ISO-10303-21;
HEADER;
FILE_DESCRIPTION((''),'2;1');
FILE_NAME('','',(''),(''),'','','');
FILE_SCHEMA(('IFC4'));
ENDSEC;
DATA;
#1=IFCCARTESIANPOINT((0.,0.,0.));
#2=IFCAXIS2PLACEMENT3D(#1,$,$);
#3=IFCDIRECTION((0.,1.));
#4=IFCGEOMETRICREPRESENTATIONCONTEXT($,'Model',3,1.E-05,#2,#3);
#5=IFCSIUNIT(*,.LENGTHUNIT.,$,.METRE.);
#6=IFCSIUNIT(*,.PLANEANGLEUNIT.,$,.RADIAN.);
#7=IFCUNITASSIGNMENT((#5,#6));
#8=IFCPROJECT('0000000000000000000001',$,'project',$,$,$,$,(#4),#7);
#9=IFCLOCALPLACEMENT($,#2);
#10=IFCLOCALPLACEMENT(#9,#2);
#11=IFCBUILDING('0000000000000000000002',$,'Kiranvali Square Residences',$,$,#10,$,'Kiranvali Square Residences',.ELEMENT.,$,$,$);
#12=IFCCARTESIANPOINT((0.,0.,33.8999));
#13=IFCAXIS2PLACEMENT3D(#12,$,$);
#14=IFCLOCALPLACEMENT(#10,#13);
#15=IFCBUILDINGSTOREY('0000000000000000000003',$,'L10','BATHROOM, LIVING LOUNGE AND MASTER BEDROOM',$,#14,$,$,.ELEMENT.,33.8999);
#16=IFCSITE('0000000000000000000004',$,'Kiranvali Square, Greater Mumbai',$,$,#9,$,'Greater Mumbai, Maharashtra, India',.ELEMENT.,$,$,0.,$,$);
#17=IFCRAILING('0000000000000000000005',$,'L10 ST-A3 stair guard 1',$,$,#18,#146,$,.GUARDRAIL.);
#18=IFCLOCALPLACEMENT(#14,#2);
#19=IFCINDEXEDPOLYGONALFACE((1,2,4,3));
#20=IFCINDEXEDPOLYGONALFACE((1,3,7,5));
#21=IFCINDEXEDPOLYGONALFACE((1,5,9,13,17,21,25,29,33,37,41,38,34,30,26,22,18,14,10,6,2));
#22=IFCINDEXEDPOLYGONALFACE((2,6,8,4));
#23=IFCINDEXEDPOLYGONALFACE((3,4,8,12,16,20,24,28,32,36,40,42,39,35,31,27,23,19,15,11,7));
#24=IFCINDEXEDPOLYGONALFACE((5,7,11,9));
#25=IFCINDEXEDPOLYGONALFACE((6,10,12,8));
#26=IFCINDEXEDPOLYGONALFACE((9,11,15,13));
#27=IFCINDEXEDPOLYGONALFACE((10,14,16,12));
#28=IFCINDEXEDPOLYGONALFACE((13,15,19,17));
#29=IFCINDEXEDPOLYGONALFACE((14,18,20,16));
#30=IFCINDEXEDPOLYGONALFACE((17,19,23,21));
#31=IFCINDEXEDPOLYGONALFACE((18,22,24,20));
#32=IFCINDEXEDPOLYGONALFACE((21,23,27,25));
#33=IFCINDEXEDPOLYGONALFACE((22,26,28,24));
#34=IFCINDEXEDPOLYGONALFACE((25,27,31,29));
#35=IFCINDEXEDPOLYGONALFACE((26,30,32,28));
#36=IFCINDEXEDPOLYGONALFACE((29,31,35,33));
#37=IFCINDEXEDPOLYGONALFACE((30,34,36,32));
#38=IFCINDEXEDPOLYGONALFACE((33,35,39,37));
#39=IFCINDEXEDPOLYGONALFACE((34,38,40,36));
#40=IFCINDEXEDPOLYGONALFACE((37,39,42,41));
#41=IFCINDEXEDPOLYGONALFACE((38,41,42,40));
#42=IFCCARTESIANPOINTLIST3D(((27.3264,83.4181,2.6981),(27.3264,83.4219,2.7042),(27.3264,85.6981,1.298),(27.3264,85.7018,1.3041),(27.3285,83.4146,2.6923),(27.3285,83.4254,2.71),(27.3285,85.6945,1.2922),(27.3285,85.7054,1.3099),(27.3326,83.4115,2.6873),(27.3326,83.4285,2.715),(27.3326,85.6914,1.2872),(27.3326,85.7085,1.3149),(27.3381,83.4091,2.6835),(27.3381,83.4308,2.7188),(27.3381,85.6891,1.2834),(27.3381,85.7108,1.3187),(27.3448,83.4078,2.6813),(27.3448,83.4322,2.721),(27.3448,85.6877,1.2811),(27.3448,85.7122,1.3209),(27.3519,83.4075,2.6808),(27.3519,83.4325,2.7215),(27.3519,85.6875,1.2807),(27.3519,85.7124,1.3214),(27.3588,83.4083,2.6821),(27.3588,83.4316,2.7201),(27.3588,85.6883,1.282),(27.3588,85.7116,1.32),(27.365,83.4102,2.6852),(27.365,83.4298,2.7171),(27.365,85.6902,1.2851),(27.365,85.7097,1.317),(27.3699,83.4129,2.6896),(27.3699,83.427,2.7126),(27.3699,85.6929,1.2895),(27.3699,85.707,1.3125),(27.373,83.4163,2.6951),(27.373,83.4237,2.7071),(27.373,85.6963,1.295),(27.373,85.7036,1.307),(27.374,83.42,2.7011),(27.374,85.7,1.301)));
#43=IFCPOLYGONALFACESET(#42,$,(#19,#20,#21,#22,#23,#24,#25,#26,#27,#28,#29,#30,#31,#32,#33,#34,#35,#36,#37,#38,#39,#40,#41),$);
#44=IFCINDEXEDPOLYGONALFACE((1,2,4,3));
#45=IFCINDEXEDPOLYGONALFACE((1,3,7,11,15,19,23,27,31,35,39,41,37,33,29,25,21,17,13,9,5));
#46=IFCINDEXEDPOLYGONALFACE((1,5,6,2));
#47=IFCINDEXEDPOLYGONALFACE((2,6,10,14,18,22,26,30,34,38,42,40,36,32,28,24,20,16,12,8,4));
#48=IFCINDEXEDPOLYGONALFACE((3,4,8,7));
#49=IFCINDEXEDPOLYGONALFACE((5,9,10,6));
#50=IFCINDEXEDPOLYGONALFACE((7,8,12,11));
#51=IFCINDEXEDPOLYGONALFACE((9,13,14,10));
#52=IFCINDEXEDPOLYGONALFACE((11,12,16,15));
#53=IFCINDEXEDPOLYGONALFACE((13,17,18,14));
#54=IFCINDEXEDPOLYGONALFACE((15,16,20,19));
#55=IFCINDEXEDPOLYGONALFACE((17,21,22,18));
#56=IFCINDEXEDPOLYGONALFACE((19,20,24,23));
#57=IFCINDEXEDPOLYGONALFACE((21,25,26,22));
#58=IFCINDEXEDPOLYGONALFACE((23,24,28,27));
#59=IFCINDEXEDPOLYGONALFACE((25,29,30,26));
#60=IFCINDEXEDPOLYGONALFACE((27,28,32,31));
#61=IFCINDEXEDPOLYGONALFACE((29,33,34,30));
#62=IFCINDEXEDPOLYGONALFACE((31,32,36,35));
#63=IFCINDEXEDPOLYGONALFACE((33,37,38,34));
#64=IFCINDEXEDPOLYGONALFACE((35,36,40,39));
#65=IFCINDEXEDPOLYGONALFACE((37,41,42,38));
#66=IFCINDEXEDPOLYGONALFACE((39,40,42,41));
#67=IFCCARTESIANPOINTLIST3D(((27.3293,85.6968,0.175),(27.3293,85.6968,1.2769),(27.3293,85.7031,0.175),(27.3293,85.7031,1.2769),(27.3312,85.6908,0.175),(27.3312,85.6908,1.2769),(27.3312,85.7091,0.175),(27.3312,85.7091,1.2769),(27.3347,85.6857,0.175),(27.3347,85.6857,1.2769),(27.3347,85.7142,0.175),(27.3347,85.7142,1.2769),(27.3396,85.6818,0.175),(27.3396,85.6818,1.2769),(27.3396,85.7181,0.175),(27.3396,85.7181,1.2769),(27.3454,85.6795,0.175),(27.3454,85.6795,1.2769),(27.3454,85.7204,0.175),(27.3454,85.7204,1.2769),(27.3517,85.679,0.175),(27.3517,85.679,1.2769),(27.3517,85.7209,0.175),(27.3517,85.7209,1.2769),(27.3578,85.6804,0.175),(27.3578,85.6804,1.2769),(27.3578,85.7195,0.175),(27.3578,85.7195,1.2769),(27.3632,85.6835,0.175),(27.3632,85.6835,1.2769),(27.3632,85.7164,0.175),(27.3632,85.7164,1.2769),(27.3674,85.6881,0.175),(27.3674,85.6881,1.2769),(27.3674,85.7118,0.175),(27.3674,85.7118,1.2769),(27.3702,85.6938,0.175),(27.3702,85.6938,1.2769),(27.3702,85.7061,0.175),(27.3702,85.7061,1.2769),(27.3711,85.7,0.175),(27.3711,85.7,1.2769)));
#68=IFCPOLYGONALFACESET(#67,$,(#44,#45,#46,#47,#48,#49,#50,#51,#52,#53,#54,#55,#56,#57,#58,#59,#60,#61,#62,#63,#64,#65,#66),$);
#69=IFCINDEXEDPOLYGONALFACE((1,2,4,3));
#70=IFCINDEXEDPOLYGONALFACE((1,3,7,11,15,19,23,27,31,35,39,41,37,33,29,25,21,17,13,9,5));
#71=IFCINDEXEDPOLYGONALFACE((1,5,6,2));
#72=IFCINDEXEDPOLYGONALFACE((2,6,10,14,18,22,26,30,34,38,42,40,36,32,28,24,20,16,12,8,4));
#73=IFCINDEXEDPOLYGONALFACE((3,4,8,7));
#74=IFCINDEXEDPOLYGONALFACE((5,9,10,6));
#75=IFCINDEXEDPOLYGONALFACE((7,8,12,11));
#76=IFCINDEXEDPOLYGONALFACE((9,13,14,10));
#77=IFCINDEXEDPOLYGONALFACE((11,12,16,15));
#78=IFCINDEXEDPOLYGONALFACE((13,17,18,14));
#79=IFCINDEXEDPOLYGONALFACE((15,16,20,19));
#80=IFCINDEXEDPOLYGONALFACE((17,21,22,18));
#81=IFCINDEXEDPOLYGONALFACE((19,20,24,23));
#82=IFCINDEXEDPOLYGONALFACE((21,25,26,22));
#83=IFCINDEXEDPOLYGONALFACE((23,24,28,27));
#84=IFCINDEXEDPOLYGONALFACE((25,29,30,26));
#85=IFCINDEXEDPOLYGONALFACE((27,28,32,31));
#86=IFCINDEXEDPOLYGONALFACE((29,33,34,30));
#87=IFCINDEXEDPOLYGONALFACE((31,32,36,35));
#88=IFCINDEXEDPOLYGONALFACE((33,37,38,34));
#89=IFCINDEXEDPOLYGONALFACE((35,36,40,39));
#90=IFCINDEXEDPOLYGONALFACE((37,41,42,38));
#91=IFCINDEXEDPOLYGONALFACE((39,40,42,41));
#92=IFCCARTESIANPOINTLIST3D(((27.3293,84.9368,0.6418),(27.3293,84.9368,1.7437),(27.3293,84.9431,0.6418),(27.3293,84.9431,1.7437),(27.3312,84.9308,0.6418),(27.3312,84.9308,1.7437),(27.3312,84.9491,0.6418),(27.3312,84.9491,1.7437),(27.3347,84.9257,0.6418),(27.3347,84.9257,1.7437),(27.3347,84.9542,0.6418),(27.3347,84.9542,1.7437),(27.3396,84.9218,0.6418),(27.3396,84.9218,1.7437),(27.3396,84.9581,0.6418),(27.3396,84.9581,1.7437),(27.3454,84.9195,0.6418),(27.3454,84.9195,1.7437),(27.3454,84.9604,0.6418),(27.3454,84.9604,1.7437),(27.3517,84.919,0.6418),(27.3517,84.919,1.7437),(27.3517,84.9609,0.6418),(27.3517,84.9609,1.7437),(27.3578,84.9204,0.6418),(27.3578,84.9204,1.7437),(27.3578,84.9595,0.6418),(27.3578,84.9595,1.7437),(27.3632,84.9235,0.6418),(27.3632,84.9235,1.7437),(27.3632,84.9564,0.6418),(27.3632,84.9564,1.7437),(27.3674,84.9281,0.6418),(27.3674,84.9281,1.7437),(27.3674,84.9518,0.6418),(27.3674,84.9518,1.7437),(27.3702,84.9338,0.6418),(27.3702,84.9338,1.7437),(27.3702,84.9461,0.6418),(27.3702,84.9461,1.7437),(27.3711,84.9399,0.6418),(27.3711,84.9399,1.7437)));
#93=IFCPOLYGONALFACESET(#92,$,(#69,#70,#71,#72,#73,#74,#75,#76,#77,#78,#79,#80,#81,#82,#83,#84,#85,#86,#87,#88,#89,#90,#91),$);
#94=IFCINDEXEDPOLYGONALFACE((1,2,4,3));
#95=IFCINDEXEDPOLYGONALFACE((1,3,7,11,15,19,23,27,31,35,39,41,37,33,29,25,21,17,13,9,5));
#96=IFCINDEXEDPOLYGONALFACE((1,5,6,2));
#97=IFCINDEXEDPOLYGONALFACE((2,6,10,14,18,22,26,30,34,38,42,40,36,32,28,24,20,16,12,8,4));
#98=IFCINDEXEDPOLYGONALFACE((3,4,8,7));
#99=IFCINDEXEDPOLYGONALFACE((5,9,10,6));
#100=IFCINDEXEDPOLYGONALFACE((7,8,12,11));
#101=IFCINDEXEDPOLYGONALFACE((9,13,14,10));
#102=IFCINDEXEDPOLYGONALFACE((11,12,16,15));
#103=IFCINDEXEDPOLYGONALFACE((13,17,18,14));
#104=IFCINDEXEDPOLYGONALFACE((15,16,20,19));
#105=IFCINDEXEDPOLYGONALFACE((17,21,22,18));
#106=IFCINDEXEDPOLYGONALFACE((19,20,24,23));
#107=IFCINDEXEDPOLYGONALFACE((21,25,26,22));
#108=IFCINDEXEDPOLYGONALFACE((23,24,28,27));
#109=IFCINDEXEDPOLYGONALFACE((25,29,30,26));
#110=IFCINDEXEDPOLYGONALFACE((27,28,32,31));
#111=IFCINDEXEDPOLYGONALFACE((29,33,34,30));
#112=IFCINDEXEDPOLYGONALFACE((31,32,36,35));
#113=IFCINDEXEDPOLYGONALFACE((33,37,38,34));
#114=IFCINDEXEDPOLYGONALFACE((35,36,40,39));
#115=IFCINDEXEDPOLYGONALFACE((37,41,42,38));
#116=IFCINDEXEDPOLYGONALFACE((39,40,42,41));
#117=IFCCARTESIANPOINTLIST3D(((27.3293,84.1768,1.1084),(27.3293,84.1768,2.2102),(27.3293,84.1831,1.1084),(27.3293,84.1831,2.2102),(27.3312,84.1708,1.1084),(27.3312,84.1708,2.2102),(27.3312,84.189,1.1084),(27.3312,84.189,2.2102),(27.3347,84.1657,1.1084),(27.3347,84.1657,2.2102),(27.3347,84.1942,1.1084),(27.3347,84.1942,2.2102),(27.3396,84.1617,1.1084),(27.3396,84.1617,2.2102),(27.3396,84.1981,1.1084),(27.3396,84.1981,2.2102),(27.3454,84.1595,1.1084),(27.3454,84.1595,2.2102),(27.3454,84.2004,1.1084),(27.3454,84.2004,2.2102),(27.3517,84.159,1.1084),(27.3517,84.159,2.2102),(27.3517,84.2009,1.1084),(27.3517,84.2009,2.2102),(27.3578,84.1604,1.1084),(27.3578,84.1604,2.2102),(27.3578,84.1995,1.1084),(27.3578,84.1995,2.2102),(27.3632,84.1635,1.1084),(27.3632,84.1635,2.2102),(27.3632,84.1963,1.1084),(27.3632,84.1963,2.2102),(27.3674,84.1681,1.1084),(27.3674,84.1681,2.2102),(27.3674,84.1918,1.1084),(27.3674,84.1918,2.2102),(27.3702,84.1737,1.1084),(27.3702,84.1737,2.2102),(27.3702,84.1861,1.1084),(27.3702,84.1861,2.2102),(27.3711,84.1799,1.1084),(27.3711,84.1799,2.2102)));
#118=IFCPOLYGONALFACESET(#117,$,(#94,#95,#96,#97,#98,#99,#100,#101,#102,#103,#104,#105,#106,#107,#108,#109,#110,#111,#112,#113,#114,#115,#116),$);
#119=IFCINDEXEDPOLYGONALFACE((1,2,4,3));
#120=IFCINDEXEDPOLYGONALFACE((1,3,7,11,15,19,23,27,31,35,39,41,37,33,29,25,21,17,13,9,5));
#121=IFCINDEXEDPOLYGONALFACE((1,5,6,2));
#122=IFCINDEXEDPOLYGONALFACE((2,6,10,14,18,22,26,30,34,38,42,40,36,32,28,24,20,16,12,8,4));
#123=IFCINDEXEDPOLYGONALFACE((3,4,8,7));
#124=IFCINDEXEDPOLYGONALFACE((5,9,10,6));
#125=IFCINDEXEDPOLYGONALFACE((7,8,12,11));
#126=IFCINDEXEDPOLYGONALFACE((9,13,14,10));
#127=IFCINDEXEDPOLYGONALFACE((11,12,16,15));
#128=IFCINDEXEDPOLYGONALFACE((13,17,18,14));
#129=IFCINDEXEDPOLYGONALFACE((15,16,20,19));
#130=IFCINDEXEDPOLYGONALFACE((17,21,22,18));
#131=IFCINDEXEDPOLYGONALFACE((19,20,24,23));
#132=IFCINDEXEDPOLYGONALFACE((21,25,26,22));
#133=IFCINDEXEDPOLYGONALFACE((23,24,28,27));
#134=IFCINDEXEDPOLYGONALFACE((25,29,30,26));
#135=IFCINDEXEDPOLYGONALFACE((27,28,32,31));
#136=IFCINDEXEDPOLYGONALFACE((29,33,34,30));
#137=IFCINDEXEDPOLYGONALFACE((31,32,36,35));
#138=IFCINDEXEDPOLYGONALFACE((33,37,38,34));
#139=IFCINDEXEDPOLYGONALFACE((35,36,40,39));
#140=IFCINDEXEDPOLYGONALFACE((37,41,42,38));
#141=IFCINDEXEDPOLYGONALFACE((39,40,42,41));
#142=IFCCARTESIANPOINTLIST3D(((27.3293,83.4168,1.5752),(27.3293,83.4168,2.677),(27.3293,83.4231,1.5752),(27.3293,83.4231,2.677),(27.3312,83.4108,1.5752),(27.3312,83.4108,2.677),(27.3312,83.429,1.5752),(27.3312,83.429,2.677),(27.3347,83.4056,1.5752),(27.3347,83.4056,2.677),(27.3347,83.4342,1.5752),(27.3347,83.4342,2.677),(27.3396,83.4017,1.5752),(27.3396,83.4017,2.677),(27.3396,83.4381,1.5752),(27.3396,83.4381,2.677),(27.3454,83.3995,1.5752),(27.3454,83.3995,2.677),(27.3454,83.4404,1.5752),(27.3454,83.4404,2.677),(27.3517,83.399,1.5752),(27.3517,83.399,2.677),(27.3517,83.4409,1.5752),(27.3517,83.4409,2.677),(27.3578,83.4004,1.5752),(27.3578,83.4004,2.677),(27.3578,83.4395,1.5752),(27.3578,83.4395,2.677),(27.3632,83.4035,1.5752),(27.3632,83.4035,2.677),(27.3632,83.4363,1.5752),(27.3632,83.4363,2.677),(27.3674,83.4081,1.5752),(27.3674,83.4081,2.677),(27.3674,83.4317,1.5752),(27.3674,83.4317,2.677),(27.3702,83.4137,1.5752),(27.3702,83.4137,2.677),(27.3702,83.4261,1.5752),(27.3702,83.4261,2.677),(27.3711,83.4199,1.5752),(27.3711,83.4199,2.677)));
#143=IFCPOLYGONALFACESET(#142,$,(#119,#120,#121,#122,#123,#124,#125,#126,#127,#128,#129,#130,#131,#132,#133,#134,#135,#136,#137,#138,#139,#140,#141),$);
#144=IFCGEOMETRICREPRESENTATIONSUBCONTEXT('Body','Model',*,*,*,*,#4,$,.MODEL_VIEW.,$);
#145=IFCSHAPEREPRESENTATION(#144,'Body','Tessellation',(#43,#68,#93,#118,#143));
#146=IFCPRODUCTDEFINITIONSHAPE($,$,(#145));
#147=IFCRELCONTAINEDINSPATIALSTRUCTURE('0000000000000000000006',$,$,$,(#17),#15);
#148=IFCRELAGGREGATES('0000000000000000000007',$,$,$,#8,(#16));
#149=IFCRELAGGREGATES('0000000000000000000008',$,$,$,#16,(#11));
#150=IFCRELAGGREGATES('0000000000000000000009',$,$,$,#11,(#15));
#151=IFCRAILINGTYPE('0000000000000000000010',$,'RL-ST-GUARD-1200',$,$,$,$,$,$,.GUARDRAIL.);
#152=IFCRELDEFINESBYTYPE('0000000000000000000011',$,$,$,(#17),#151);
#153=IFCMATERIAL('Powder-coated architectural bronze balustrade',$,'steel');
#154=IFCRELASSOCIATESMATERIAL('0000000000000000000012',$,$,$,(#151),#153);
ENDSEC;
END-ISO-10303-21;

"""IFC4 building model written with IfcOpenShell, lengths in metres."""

from ifc_helpers import new_model, si_unit, direction, frame, origin, origin_2d, place, context, subcontext, project, spatial, circle, extrude, material, type_object, element, save


model = new_model("IFC4")

# Units and contexts
model_context = context("Model", 3, precision=1e-05, world=origin(), true_north=direction((0.0, 1.0)))
body_context = subcontext(model_context, "Body", "Model", "MODEL_VIEW")
ifc_project = project(units=[si_unit("LENGTHUNIT", "METRE"), si_unit("PLANEANGLEUNIT", "RADIAN")], contexts=[model_context])

# Site, building, storey
site_placement = place(None, origin())
site = spatial("IfcSite", under=ifc_project, at=site_placement, Name="Kiranvali Square, Greater Mumbai", LongName="Greater Mumbai, Maharashtra, India", CompositionType="ELEMENT", RefElevation=0.0)
building_placement = place(site_placement, origin())
building = spatial("IfcBuilding", under=site, at=building_placement, Name="Kiranvali Square Residences", LongName="Kiranvali Square Residences", CompositionType="ELEMENT")
storey_placement = place(building_placement, frame((0.0, 0.0, 33.8999)))
storey = spatial("IfcBuildingStorey", under=building, at=storey_placement, Name="L10", Description="BATHROOM, LIVING LOUNGE AND MASTER BEDROOM", CompositionType="ELEMENT", Elevation=33.8999)

# Railing
ifc_material_1 = material(Name="Powder-coated architectural bronze balustrade", Category="steel")
railing_type_1 = type_object("IfcRailingType", Name="RL-ST-GUARD-1200", PredefinedType="GUARDRAIL", material=ifc_material_1)
railing_1_placement = place(storey_placement, frame((27.3501, 85.7, 0.175)))
element("IfcRailing", 1, at=railing_1_placement, inside=storey, type_object=railing_type_1, Name="L10 ST-A3 stair guard 1", PredefinedType="GUARDRAIL", context=body_context, shape_type="SweptSolid", body=[
    extrude(circle(Radius=0.0239, at=origin_2d()), frame((0.0, 0.0, 1.126), z_axis=(0.0, -0.85215, 0.523298), x_axis=(1.0, 0.0, 0.0)), (0.0, 0.0, 1.0), 2.6755),
    extrude(circle(Radius=0.021, at=origin_2d()), origin(), (0.0, 0.0, 1.0), 1.1018),
    extrude(circle(Radius=0.021, at=origin_2d()), frame((0.0, -0.76, 0.4668)), (0.0, 0.0, 1.0), 1.1018),
    extrude(circle(Radius=0.021, at=origin_2d()), frame((0.0, -1.52, 0.9333)), (0.0, 0.0, 1.0), 1.1018),
    extrude(circle(Radius=0.021, at=origin_2d()), frame((0.0, -2.28, 1.4001)), (0.0, 0.0, 1.0), 1.1018),
])

save(model, "model.ifc")
